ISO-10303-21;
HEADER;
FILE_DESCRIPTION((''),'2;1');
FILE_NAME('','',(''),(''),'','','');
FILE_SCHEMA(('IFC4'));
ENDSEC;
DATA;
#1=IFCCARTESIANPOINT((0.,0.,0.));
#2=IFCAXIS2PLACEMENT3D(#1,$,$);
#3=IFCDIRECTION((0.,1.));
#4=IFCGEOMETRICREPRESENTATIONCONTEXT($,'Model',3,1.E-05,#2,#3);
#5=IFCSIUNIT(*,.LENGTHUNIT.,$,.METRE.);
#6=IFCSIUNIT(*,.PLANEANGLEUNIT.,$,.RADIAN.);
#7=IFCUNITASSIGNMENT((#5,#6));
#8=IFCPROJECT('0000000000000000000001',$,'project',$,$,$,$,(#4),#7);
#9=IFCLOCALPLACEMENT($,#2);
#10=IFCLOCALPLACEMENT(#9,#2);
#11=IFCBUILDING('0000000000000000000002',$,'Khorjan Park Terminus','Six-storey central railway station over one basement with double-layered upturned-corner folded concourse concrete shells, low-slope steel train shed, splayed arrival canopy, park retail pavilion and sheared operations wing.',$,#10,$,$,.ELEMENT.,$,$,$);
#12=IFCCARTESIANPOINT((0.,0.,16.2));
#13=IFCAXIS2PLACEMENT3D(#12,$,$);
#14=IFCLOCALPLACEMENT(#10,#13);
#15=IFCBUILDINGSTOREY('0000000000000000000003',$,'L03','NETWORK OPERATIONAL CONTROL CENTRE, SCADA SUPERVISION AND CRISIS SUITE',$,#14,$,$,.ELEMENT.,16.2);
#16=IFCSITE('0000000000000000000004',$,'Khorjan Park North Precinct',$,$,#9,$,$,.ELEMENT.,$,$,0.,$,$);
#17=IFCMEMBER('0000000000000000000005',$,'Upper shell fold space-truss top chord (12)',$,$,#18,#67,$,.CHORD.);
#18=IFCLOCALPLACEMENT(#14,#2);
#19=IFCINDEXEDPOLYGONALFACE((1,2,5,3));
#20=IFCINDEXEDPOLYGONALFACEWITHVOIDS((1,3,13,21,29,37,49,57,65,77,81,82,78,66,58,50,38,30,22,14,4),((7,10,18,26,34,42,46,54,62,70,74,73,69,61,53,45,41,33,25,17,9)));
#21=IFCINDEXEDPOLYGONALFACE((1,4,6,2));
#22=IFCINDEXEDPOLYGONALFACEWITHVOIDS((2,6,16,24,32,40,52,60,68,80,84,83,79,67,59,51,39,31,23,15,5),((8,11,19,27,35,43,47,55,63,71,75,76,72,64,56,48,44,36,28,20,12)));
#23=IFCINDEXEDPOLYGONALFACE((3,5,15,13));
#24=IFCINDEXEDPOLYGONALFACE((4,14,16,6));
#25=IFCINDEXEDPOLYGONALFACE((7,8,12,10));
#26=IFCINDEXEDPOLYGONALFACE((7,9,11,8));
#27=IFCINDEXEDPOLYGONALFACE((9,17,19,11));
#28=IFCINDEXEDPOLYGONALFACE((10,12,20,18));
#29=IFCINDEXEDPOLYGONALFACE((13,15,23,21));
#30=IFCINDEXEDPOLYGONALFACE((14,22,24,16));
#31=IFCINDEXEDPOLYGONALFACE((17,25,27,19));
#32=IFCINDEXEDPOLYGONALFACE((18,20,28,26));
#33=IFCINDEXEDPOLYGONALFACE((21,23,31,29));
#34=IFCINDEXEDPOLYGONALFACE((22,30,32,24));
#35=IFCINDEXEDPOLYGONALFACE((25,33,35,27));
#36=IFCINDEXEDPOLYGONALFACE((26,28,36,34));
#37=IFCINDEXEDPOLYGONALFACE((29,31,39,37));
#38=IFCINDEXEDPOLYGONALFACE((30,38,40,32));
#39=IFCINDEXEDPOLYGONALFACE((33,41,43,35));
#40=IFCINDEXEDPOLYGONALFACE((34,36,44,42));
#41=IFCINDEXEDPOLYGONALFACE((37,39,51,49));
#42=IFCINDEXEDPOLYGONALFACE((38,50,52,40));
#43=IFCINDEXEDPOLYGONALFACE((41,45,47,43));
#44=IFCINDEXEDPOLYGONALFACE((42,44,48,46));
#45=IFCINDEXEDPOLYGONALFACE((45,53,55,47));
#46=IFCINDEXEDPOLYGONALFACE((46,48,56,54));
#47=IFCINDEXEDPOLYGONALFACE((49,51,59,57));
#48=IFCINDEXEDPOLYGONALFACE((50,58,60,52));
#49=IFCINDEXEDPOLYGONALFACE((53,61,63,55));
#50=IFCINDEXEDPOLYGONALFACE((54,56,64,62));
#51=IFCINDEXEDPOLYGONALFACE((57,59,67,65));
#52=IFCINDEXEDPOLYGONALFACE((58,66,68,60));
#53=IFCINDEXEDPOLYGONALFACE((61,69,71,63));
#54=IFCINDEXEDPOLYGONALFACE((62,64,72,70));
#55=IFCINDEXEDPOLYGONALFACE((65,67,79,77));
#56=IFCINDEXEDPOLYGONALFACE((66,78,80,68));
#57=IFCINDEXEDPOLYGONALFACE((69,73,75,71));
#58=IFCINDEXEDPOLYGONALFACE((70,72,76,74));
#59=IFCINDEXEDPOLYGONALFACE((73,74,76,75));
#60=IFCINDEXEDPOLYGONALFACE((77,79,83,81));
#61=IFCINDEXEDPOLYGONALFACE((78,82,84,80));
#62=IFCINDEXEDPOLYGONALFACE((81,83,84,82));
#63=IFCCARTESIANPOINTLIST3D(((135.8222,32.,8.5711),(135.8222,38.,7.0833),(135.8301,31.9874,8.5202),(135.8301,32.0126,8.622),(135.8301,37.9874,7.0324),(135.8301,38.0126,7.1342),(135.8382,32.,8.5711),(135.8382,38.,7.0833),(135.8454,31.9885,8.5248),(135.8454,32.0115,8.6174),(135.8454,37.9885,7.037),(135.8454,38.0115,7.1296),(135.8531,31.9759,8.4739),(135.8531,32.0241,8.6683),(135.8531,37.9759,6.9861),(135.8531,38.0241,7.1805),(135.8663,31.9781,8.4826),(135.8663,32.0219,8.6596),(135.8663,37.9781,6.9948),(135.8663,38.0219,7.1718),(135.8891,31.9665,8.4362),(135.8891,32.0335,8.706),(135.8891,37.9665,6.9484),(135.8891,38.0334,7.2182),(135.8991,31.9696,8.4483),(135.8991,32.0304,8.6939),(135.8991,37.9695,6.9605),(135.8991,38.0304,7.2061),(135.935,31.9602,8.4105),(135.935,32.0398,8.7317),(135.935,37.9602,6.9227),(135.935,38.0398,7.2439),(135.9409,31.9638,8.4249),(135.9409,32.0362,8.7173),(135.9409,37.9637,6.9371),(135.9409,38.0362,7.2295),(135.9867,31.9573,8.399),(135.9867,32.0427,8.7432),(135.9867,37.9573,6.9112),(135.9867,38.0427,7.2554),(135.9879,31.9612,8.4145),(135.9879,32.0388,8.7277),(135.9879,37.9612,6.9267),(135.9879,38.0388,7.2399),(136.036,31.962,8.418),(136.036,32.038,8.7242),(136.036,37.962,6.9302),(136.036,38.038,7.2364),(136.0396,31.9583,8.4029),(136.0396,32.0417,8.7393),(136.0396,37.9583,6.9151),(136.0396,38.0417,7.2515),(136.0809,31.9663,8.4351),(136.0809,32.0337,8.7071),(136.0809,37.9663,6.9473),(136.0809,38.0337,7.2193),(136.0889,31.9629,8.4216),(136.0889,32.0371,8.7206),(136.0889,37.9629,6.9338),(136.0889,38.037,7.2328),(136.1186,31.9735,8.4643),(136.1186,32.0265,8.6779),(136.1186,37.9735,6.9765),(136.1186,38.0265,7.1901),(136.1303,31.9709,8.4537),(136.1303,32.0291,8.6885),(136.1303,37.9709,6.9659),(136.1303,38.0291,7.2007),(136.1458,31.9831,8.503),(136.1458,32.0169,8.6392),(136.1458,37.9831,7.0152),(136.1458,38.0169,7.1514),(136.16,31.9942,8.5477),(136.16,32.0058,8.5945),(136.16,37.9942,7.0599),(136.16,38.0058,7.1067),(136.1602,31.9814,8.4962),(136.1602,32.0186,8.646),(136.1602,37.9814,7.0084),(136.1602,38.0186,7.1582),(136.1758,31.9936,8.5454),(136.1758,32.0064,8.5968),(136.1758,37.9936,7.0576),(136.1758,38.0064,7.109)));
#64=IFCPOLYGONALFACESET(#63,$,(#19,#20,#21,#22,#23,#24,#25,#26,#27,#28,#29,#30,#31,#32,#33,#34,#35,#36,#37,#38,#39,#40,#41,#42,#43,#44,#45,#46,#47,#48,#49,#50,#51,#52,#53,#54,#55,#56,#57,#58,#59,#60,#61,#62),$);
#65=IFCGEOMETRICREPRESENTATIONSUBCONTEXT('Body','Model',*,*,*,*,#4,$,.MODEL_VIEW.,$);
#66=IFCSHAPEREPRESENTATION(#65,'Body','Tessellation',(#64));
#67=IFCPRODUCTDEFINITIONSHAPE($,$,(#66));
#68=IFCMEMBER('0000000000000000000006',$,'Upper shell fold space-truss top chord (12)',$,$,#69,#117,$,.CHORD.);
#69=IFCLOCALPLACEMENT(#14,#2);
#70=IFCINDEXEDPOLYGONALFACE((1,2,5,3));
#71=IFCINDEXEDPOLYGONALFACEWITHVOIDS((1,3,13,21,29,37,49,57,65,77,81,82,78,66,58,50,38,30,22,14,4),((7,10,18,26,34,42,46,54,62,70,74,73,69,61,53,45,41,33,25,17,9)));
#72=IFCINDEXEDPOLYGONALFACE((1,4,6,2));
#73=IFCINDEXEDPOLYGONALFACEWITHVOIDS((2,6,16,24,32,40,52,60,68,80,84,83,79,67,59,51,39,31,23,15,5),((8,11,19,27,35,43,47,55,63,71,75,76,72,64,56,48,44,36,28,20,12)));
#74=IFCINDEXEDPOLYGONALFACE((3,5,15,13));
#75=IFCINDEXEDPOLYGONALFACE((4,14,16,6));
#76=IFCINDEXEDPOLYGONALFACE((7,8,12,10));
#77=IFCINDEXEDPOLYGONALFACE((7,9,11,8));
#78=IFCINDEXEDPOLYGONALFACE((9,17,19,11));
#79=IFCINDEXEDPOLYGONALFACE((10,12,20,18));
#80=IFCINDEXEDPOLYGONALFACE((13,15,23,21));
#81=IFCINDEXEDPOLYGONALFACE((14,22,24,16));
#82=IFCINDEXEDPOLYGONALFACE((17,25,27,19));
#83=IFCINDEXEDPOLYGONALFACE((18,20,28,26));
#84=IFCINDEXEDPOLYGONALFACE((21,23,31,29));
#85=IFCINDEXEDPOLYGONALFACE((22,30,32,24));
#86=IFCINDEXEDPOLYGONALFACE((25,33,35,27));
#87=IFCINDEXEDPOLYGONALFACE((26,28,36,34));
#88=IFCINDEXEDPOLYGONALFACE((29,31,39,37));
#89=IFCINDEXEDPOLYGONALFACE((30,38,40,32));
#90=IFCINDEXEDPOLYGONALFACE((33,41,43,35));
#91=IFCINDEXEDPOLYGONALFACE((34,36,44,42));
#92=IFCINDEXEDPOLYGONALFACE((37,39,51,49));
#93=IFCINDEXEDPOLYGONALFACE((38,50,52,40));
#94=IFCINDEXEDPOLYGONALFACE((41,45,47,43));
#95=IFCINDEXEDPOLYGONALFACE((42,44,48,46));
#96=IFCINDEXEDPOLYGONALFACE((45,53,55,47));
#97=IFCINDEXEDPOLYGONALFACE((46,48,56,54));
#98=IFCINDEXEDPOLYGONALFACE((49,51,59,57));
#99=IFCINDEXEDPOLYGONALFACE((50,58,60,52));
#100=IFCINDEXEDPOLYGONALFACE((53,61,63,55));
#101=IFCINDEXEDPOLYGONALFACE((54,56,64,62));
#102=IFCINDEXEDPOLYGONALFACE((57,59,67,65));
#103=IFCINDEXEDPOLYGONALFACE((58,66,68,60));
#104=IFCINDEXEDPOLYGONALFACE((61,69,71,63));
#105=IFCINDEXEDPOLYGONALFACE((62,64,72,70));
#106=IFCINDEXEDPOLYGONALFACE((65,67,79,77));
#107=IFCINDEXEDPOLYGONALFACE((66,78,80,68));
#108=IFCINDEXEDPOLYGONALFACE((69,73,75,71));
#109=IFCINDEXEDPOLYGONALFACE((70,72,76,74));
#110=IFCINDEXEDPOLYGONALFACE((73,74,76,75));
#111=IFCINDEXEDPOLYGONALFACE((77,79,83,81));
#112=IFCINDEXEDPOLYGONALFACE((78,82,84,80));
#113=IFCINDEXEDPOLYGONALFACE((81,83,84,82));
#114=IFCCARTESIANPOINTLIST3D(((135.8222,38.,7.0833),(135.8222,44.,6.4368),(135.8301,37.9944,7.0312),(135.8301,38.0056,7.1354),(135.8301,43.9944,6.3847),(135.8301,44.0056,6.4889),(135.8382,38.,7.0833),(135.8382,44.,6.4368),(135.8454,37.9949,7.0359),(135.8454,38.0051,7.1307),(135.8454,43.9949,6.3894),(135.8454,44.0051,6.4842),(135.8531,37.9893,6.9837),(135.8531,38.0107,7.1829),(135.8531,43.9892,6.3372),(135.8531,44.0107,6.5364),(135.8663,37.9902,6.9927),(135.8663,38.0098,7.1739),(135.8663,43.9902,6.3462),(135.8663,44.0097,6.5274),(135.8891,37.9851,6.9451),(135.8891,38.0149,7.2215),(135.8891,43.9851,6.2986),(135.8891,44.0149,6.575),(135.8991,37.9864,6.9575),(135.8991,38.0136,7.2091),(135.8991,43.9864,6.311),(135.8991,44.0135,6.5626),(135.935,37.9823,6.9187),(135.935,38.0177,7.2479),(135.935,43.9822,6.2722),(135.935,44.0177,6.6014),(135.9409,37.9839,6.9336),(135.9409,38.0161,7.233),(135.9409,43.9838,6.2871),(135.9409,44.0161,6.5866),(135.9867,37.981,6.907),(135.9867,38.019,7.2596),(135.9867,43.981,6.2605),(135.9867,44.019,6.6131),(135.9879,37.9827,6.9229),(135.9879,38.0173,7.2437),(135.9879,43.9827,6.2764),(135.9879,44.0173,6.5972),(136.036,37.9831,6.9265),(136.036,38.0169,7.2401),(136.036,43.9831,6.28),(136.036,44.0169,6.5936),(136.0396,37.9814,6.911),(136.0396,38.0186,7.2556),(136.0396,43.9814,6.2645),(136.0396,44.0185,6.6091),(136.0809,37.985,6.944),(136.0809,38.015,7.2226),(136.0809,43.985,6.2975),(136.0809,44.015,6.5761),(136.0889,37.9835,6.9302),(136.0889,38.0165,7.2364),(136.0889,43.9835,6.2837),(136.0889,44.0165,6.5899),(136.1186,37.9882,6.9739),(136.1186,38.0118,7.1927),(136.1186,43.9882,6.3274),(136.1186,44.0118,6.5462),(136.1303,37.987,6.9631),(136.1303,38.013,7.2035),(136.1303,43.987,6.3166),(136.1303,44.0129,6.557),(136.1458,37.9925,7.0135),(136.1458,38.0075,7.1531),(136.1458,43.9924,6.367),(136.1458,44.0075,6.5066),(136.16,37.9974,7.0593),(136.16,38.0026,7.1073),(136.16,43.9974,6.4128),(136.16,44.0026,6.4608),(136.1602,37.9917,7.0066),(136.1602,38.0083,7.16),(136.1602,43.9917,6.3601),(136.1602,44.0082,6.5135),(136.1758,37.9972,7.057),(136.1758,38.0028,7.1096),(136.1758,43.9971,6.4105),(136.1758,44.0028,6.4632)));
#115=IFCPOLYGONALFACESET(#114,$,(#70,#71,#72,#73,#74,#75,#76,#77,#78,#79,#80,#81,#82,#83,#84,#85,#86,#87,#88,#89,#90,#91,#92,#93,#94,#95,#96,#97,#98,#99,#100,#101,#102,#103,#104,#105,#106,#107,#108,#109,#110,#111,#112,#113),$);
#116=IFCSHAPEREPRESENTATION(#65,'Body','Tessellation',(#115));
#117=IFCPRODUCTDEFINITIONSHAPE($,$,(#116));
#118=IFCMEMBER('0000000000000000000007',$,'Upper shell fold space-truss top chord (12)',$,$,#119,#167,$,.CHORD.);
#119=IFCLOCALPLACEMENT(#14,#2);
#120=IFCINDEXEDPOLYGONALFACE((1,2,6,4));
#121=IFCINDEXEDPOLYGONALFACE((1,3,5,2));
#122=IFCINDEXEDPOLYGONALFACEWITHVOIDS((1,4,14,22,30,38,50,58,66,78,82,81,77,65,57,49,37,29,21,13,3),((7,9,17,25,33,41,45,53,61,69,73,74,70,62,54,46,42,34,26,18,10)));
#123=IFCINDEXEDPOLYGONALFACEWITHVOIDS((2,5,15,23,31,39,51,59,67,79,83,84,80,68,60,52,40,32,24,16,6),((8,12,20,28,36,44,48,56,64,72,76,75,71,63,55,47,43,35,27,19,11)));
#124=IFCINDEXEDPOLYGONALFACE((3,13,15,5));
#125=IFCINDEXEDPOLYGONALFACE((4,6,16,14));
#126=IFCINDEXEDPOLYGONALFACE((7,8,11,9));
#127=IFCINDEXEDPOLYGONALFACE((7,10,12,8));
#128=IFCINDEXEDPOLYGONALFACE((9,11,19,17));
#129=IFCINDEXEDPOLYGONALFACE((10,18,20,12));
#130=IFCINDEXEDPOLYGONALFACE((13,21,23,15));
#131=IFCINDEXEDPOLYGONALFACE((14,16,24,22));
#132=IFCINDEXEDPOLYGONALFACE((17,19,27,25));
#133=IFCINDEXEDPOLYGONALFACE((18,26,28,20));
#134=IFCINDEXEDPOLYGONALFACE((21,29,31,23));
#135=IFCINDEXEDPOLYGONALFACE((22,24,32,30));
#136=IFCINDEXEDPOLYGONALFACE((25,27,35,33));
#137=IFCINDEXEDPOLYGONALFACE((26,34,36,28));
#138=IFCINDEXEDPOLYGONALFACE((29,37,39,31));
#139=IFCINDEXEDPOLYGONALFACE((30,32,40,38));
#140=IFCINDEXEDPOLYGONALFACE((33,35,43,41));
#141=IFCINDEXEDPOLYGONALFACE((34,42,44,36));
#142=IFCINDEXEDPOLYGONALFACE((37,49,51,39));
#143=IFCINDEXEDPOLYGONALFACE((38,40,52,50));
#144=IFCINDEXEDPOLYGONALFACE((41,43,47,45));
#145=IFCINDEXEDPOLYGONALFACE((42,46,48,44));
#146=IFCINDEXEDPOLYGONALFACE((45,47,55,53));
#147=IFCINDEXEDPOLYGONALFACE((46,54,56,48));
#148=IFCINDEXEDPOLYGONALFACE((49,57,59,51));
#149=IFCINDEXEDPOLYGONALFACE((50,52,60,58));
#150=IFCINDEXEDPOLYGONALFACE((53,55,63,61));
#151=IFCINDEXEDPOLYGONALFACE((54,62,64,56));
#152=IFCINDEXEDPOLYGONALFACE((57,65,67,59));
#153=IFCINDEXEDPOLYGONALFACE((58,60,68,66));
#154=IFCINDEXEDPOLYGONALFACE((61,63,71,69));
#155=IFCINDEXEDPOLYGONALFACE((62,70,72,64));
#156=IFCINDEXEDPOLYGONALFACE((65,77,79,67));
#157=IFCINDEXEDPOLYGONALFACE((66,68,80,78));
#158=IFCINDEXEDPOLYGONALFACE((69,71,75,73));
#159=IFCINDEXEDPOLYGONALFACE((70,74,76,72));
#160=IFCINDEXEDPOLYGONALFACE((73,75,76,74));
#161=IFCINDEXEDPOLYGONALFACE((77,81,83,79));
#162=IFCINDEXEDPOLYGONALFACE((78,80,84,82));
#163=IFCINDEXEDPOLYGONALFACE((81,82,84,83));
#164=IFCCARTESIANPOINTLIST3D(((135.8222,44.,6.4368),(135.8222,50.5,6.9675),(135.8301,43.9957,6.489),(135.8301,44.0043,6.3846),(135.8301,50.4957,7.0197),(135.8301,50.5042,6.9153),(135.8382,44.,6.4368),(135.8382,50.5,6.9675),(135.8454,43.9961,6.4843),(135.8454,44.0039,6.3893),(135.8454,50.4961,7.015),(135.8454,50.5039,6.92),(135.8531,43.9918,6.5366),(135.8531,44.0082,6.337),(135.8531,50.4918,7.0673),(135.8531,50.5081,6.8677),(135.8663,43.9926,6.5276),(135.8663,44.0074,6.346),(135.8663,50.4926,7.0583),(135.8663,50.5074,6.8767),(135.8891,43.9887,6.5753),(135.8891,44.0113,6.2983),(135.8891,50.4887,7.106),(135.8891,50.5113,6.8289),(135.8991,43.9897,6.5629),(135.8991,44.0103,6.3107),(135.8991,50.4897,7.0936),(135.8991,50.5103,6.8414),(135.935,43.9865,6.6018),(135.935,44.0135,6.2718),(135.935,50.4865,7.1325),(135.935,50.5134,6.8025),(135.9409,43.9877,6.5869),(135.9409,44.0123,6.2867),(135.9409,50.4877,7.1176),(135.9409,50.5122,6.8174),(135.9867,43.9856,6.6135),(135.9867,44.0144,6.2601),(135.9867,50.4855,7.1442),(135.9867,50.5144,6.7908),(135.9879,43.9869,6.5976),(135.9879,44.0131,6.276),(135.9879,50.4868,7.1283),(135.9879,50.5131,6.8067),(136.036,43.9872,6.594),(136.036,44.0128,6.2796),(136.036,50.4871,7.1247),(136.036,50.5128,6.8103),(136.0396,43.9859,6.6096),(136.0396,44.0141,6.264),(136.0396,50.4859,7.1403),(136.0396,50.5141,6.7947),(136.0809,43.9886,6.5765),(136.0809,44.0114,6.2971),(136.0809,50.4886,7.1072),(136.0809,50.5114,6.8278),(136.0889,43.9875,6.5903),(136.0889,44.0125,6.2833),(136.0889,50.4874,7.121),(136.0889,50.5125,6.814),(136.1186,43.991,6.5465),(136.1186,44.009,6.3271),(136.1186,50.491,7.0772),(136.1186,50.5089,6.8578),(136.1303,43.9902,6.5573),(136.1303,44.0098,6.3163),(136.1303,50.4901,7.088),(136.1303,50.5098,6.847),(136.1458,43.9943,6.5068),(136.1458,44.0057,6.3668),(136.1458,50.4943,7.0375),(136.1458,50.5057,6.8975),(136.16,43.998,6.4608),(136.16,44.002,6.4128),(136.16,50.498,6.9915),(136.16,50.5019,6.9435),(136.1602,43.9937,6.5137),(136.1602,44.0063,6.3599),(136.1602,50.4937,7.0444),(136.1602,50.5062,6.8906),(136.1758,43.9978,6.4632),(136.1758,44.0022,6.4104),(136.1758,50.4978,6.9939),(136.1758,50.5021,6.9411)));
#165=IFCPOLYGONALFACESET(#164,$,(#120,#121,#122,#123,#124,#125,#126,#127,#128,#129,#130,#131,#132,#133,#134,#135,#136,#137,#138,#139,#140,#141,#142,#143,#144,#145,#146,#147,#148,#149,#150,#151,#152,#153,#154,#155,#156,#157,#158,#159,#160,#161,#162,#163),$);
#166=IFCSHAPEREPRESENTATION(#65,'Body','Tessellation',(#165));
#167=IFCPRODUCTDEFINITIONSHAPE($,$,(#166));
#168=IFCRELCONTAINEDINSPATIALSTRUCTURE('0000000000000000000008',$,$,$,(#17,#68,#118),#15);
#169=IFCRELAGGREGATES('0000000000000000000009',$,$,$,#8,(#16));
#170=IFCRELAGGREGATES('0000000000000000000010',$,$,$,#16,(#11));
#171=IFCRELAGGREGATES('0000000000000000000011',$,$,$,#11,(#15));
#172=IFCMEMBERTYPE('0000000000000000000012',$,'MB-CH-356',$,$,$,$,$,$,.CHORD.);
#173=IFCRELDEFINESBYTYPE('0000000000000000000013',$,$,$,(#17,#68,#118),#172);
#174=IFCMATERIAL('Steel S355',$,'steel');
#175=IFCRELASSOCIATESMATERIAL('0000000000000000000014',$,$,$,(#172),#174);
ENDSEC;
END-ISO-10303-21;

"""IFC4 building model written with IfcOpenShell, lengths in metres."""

from ifc_helpers import new_model, si_unit, direction, frame, origin, origin_2d, place, context, subcontext, project, spatial, hollow_circle, extrude, material, material_profile, profile_set, type_object, element, save


model = new_model("IFC4")

# Units and contexts
model_context = context("Model", 3, precision=1e-05, world=origin(), true_north=direction((0.0, 1.0)))
body_context = subcontext(model_context, "Body", "Model", "MODEL_VIEW")
ifc_project = project(units=[si_unit("LENGTHUNIT", "METRE"), si_unit("PLANEANGLEUNIT", "RADIAN")], contexts=[model_context])

# Site, building, storey
site_placement = place(None, origin())
site = spatial("IfcSite", under=ifc_project, at=site_placement, Name="Khorjan Park North Precinct", CompositionType="ELEMENT", RefElevation=0.0)
building_placement = place(site_placement, origin())
building = spatial("IfcBuilding", under=site, at=building_placement, Name="Khorjan Park Terminus", Description="Six-storey central railway station over one basement with double-layered upturned-corner folded concourse concrete shells, low-slope steel train shed, splayed arrival canopy, park retail pavilion and sheared operations wing.", CompositionType="ELEMENT")
storey_placement = place(building_placement, frame((0.0, 0.0, 16.2)))
storey = spatial("IfcBuildingStorey", under=building, at=storey_placement, Name="L03", Description="NETWORK OPERATIONAL CONTROL CENTRE, SCADA SUPERVISION AND CRISIS SUITE", CompositionType="ELEMENT", Elevation=16.2)

# Members
ifc_material_1 = material(Name="Steel S355", Category="steel")
ifc_material_profile_1 = material_profile(ifc_material_1, hollow_circle(Radius=0.1778, WallThickness=0.016, at=origin_2d()), Name="CHS 355.6x16")
ifc_profile_set_1 = profile_set([ifc_material_profile_1], Name="Steel S355")
member_type_1 = type_object("IfcMemberType", Name="MB-CH-356", PredefinedType="CHORD", material=ifc_profile_set_1)
member_1_placement = place(storey_placement, frame((136.0, 32.0, 8.5711), z_axis=(0.0, 0.970605, -0.240678), x_axis=(-1.0, 0.0, 0.0)))
element("IfcMember", 1, at=member_1_placement, inside=storey, type_object=member_type_1, Name="Upper shell fold space-truss top chord (12)", PredefinedType="CHORD", context=body_context, shape_type="SweptSolid", body=[
    extrude(hollow_circle(Radius=0.1778, WallThickness=0.016, at=origin_2d()), origin(), (0.0, 0.0, 1.0), 6.1817),
])
member_2_placement = place(storey_placement, frame((136.0, 38.0, 7.0833), z_axis=(0.0, 0.994245, -0.10713), x_axis=(-1.0, 0.0, 0.0)))
element("IfcMember", 2, at=member_2_placement, inside=storey, type_object=member_type_1, Name="Upper shell fold space-truss top chord (12)", PredefinedType="CHORD", context=body_context, shape_type="SweptSolid", body=[
    extrude(hollow_circle(Radius=0.1778, WallThickness=0.016, at=origin_2d()), origin(), (0.0, 0.0, 1.0), 6.0347),
])
member_3_placement = place(storey_placement, frame((136.0, 44.0, 6.4368), z_axis=(0.0, 0.996684, 0.081375), x_axis=(-1.0, 0.0, 0.0)))
element("IfcMember", 3, at=member_3_placement, inside=storey, type_object=member_type_1, Name="Upper shell fold space-truss top chord (12)", PredefinedType="CHORD", context=body_context, shape_type="SweptSolid", body=[
    extrude(hollow_circle(Radius=0.1778, WallThickness=0.016, at=origin_2d()), origin(), (0.0, 0.0, 1.0), 6.5216),
])

save(model, "model.ifc")
